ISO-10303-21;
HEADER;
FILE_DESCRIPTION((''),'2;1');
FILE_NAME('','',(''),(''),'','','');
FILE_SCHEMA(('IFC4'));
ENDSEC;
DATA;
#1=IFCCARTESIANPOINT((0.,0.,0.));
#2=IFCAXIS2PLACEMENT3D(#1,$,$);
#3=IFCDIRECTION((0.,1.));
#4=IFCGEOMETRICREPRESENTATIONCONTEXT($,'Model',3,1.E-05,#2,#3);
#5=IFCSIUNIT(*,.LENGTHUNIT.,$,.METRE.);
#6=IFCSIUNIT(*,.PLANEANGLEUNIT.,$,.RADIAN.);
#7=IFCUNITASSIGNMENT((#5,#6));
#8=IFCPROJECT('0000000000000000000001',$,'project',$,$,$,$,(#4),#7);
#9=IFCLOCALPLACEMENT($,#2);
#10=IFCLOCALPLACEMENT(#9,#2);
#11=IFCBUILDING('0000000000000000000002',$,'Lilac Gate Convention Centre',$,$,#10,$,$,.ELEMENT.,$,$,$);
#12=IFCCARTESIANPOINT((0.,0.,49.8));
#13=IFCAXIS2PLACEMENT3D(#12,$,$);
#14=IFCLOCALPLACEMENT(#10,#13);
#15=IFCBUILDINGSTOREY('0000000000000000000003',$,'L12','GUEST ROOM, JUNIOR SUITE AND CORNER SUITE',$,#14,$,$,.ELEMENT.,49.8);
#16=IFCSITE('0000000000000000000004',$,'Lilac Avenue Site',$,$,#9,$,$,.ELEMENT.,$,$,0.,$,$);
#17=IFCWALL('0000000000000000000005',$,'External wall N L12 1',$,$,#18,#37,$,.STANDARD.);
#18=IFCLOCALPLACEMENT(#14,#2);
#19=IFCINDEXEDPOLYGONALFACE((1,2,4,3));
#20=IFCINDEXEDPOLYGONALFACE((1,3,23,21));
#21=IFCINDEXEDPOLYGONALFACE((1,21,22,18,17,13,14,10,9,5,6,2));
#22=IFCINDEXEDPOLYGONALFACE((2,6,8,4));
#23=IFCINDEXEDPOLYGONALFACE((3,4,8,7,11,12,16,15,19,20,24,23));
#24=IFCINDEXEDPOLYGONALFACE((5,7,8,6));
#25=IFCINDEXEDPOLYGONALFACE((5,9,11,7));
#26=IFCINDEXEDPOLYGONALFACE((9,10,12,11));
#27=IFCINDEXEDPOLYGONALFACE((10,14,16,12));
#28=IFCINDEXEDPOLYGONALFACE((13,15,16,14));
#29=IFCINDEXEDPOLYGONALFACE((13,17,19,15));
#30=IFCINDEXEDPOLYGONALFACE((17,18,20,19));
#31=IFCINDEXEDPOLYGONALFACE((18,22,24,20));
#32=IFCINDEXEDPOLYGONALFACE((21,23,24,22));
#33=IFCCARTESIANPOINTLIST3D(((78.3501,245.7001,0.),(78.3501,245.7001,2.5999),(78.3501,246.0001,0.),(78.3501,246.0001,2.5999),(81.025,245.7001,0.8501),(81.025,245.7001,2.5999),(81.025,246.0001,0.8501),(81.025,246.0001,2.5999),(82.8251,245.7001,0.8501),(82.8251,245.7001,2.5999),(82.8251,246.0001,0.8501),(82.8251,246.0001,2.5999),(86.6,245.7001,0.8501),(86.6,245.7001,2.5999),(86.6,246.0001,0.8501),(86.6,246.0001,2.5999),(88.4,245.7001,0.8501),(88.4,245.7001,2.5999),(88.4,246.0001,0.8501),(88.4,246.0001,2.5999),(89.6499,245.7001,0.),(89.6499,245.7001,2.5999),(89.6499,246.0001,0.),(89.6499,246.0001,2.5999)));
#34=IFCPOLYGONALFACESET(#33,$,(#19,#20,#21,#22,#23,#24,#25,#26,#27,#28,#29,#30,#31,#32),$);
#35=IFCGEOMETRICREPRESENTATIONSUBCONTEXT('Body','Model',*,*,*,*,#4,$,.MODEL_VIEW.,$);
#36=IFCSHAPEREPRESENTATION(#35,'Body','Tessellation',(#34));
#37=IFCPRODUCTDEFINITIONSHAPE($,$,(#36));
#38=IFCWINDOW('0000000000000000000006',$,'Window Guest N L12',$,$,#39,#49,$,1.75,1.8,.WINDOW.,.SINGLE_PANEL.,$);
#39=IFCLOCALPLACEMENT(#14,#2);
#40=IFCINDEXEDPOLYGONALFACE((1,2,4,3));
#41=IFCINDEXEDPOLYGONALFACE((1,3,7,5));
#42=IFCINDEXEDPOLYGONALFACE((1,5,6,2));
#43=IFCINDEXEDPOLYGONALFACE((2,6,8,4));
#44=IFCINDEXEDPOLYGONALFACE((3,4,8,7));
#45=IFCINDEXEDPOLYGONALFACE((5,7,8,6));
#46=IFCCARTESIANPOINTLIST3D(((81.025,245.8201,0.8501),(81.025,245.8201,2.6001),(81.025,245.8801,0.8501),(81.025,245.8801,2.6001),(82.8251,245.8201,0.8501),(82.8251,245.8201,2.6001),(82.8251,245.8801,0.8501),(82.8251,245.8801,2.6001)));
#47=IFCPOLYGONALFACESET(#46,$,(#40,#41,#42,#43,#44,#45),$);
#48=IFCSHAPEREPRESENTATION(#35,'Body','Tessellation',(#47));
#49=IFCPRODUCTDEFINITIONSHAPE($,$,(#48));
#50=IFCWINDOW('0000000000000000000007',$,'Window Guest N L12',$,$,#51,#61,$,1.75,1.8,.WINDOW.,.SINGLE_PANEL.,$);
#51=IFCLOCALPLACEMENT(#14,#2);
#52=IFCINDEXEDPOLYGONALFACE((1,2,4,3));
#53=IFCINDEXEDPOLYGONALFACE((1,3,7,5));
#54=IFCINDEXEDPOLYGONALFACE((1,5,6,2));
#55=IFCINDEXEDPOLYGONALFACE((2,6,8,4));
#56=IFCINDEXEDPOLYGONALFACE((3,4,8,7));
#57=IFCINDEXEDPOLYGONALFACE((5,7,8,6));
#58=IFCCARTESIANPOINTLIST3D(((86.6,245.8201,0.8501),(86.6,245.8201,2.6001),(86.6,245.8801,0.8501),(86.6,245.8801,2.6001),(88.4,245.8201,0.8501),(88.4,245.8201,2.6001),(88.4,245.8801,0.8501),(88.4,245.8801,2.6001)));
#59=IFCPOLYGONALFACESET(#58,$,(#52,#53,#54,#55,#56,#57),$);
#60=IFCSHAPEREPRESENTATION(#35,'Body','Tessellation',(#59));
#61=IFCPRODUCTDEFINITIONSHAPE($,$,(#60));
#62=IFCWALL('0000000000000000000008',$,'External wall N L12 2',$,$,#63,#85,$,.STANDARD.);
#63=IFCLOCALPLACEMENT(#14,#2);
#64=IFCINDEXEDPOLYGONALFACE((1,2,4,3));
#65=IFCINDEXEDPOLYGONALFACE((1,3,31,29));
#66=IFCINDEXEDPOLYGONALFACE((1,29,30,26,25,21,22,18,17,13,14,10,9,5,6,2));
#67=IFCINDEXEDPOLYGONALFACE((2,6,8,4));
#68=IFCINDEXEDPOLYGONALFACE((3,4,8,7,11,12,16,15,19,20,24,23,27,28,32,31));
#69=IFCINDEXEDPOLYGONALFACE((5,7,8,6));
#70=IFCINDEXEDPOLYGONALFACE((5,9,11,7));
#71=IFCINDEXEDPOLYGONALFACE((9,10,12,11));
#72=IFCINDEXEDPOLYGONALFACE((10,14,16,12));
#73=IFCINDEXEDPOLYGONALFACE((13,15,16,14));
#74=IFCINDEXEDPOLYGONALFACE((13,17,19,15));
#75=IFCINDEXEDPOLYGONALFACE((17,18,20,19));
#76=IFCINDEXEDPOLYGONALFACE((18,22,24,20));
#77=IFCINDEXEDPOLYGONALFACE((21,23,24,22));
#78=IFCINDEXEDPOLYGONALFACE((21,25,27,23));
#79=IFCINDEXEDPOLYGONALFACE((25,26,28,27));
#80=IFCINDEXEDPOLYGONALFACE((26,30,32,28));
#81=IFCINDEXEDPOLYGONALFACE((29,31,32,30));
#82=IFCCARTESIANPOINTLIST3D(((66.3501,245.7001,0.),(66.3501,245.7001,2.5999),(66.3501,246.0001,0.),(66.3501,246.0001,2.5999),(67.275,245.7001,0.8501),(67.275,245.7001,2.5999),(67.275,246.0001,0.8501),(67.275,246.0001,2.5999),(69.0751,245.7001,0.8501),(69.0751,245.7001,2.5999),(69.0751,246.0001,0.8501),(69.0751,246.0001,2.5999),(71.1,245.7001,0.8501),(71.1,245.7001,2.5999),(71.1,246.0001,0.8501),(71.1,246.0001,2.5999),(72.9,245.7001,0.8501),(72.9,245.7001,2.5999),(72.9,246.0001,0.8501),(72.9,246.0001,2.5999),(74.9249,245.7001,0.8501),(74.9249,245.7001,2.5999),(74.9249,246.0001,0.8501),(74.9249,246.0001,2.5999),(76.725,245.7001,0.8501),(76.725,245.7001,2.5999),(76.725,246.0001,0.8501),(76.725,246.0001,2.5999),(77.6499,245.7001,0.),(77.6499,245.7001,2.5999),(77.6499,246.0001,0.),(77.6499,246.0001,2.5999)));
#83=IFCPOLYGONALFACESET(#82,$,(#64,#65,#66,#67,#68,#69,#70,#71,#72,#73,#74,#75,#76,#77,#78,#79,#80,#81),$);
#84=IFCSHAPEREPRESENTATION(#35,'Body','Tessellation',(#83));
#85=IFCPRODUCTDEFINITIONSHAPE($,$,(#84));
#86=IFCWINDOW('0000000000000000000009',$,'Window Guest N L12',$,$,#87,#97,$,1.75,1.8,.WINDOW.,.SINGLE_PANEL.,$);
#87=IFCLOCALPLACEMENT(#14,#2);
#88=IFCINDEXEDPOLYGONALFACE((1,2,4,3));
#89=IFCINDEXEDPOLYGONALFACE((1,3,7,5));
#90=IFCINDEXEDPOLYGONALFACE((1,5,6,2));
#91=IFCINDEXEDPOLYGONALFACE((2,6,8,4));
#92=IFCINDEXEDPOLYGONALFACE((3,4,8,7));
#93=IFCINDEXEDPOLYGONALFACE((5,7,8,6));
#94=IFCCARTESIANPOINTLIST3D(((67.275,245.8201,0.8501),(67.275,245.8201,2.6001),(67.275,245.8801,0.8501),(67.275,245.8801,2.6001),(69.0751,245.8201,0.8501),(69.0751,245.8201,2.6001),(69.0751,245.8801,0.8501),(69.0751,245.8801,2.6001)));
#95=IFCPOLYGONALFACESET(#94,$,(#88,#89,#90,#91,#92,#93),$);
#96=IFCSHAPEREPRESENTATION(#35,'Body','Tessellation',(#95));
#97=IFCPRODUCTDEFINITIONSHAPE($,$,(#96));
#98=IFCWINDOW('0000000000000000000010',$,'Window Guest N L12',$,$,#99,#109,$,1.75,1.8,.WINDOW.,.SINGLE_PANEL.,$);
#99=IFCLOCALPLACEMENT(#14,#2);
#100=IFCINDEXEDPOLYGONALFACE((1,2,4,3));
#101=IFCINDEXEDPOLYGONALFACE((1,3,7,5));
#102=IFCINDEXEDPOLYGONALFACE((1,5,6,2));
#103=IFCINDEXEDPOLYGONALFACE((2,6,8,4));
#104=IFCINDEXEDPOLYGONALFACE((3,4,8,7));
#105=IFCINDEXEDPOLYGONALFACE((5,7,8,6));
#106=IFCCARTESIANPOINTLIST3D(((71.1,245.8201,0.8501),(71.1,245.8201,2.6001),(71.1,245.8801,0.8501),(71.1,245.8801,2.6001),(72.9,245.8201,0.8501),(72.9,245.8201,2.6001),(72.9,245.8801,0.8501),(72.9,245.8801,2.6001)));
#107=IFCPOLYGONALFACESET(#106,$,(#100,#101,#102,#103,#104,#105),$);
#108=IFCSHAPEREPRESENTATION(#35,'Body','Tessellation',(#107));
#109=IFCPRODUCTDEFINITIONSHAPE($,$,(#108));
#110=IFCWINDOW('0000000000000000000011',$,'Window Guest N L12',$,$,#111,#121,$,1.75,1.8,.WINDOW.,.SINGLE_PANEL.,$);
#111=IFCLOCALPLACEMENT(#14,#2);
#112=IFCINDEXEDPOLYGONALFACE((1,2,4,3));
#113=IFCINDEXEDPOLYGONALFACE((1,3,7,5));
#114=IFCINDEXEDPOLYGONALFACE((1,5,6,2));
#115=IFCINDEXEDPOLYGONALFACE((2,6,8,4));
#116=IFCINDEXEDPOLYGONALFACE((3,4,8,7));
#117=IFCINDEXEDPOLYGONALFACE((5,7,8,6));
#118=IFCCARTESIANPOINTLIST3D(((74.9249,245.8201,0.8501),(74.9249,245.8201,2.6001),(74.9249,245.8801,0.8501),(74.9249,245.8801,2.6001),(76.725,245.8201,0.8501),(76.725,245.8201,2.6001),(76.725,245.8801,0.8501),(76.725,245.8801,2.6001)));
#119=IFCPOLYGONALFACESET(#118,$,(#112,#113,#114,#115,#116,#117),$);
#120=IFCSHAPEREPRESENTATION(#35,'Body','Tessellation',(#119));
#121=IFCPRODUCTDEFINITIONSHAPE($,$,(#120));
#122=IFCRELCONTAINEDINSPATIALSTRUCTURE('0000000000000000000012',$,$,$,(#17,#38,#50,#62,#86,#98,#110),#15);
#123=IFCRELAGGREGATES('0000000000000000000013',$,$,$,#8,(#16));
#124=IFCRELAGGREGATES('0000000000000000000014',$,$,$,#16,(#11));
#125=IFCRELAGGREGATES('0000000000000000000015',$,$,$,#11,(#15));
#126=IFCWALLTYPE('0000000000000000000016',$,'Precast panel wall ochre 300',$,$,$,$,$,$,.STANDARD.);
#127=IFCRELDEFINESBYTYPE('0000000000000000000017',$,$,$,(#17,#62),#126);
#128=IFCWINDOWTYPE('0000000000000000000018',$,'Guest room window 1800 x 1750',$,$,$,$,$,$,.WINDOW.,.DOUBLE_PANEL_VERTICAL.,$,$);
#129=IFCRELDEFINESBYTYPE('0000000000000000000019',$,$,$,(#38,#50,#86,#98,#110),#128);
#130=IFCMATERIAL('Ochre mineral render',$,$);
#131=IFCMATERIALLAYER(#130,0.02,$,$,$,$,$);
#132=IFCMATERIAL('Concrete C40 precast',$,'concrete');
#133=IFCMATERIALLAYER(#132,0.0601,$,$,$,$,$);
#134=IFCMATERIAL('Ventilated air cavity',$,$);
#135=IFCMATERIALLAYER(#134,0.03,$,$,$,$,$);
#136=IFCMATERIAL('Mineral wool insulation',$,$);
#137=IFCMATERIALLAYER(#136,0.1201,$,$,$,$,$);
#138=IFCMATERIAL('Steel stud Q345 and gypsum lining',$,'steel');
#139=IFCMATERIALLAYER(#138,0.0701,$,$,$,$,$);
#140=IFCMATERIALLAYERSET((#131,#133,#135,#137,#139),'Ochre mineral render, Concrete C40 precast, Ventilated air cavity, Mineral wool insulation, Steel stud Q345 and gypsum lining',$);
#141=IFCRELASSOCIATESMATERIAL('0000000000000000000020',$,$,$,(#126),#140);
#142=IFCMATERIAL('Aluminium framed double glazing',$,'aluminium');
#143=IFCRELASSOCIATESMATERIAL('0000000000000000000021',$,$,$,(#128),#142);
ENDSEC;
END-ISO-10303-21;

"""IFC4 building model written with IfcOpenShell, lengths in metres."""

from ifc_helpers import new_model, si_unit, direction, frame, frame_2d, origin, place, context, subcontext, project, spatial, rectangle, extrude, material, layer, layer_set, type_object, element, fill, save


model = new_model("IFC4")

# Units and contexts
model_context = context("Model", 3, precision=1e-05, world=origin(), true_north=direction((0.0, 1.0)))
body_context = subcontext(model_context, "Body", "Model", "MODEL_VIEW")
ifc_project = project(units=[si_unit("LENGTHUNIT", "METRE"), si_unit("PLANEANGLEUNIT", "RADIAN")], contexts=[model_context])

# Site, building, storey
site_placement = place(None, origin())
site = spatial("IfcSite", under=ifc_project, at=site_placement, Name="Lilac Avenue Site", CompositionType="ELEMENT", RefElevation=0.0)
building_placement = place(site_placement, origin())
building = spatial("IfcBuilding", under=site, at=building_placement, Name="Lilac Gate Convention Centre", CompositionType="ELEMENT")
storey_placement = place(building_placement, frame((0.0, 0.0, 49.8)))
storey = spatial("IfcBuildingStorey", under=building, at=storey_placement, Name="L12", Description="GUEST ROOM, JUNIOR SUITE AND CORNER SUITE", CompositionType="ELEMENT", Elevation=49.8)

# Shared definitions
ifc_material_1 = material(Name="Aluminium framed double glazing", Category="aluminium")

# Shared definitions
ifc_material_2 = material(Name="Concrete C40 precast", Category="concrete")

# Walls, openings, windows
ifc_material_3 = material(Name="Ochre mineral render")
ifc_layer_1 = layer(ifc_material_3, 0.02)
ifc_layer_2 = layer(ifc_material_2, 0.0601)
ifc_material_4 = material(Name="Ventilated air cavity")
ifc_layer_3 = layer(ifc_material_4, 0.03)
ifc_material_5 = material(Name="Mineral wool insulation")
ifc_layer_4 = layer(ifc_material_5, 0.1201)
ifc_material_6 = material(Name="Steel stud Q345 and gypsum lining", Category="steel")
ifc_layer_5 = layer(ifc_material_6, 0.0701)
ifc_layer_set_1 = layer_set([ifc_layer_1, ifc_layer_2, ifc_layer_3, ifc_layer_4, ifc_layer_5], Name="Ochre mineral render, Concrete C40 precast, Ventilated air cavity, Mineral wool insulation, Steel stud Q345 and gypsum lining")
wall_type_1 = type_object("IfcWallType", Name="Precast panel wall ochre 300", PredefinedType="STANDARD", material=ifc_layer_set_1)
wall_1_placement = place(storey_placement, frame((89.6499, 245.8501, 0.0), z_axis=(0.0, 0.0, 1.0), x_axis=(-1.0, 0.0, 0.0)))
wall_1 = element("IfcWall", 1, at=wall_1_placement, inside=storey, type_object=wall_type_1, Name="External wall N L12 1", PredefinedType="STANDARD", context=body_context, shape_type="SweptSolid", body=[
    extrude(rectangle(XDim=11.2998, YDim=0.3, at=frame_2d((5.6499, 0.0))), origin(), (0.0, 0.0, 1.0), 2.5999),
])
opening_1_placement = place(wall_1_placement, frame((6.825, 0.0, 0.8501)))
opening_1 = element("IfcOpeningElement", 2, at=opening_1_placement, cuts=wall_1, PredefinedType="OPENING", context=body_context, shape_type="SweptSolid", body=[
    extrude(rectangle(XDim=1.8, YDim=1.75, at=frame_2d((0.8999, 0.875))), frame((0.0, 0.1599, 0.0), z_axis=(0.0, -1.0, 0.0), x_axis=(1.0, 0.0, 0.0)), (0.0, 0.0, 1.0), 0.3201),
])
opening_2_placement = place(wall_1_placement, frame((1.25, 0.0, 0.8501)))
opening_2 = element("IfcOpeningElement", 3, at=opening_2_placement, cuts=wall_1, PredefinedType="OPENING", context=body_context, shape_type="SweptSolid", body=[
    extrude(rectangle(XDim=1.8, YDim=1.75, at=frame_2d((0.8999, 0.875))), frame((0.0, 0.1599, 0.0), z_axis=(0.0, -1.0, 0.0), x_axis=(1.0, 0.0, 0.0)), (0.0, 0.0, 1.0), 0.3201),
])
window_type = type_object("IfcWindowType", Name="Guest room window 1800 x 1750", PartitioningType="DOUBLE_PANEL_VERTICAL", PredefinedType="WINDOW", material=ifc_material_1)
window_1_placement = place(opening_1_placement, origin())
window_1 = element("IfcWindow", 4, at=window_1_placement, inside=storey, type_object=window_type, Name="Window Guest N L12", OverallHeight=1.75, OverallWidth=1.8, PartitioningType="SINGLE_PANEL", PredefinedType="WINDOW", context=body_context, shape_type="SweptSolid", body=[
    extrude(rectangle(XDim=1.8, YDim=1.75, at=frame_2d((0.8999, 0.875))), frame((0.0, 0.03, 0.0), z_axis=(0.0, -1.0, 0.0), x_axis=(1.0, 0.0, 0.0)), (0.0, 0.0, 1.0), 0.0601),
])
fill(opening_1, window_1)
window_2_placement = place(opening_2_placement, origin())
window_2 = element("IfcWindow", 5, at=window_2_placement, inside=storey, type_object=window_type, Name="Window Guest N L12", OverallHeight=1.75, OverallWidth=1.8, PartitioningType="SINGLE_PANEL", PredefinedType="WINDOW", context=body_context, shape_type="SweptSolid", body=[
    extrude(rectangle(XDim=1.8, YDim=1.75, at=frame_2d((0.8999, 0.875))), frame((0.0, 0.03, 0.0), z_axis=(0.0, -1.0, 0.0), x_axis=(1.0, 0.0, 0.0)), (0.0, 0.0, 1.0), 0.0601),
])
fill(opening_2, window_2)
wall_2_placement = place(storey_placement, frame((77.6499, 245.8501, 0.0), z_axis=(0.0, 0.0, 1.0), x_axis=(-1.0, 0.0, 0.0)))
wall_2 = element("IfcWall", 6, at=wall_2_placement, inside=storey, type_object=wall_type_1, Name="External wall N L12 2", PredefinedType="STANDARD", context=body_context, shape_type="SweptSolid", body=[
    extrude(rectangle(XDim=11.2998, YDim=0.3, at=frame_2d((5.6499, 0.0))), origin(), (0.0, 0.0, 1.0), 2.5999),
])
opening_3_placement = place(wall_2_placement, frame((8.575, 0.0, 0.8501)))
opening_3 = element("IfcOpeningElement", 7, at=opening_3_placement, cuts=wall_2, PredefinedType="OPENING", context=body_context, shape_type="SweptSolid", body=[
    extrude(rectangle(XDim=1.8, YDim=1.75, at=frame_2d((0.8999, 0.875))), frame((0.0, 0.1599, 0.0), z_axis=(0.0, -1.0, 0.0), x_axis=(1.0, 0.0, 0.0)), (0.0, 0.0, 1.0), 0.3201),
])
opening_4_placement = place(wall_2_placement, frame((4.75, 0.0, 0.8501)))
opening_4 = element("IfcOpeningElement", 8, at=opening_4_placement, cuts=wall_2, PredefinedType="OPENING", context=body_context, shape_type="SweptSolid", body=[
    extrude(rectangle(XDim=1.8, YDim=1.75, at=frame_2d((0.8999, 0.875))), frame((0.0, 0.1599, 0.0), z_axis=(0.0, -1.0, 0.0), x_axis=(1.0, 0.0, 0.0)), (0.0, 0.0, 1.0), 0.3201),
])
opening_5_placement = place(wall_2_placement, frame((0.925, 0.0, 0.8501)))
opening_5 = element("IfcOpeningElement", 9, at=opening_5_placement, cuts=wall_2, PredefinedType="OPENING", context=body_context, shape_type="SweptSolid", body=[
    extrude(rectangle(XDim=1.8, YDim=1.75, at=frame_2d((0.8999, 0.875))), frame((0.0, 0.1599, 0.0), z_axis=(0.0, -1.0, 0.0), x_axis=(1.0, 0.0, 0.0)), (0.0, 0.0, 1.0), 0.3201),
])
window_3_placement = place(opening_3_placement, origin())
window_3 = element("IfcWindow", 10, at=window_3_placement, inside=storey, type_object=window_type, Name="Window Guest N L12", OverallHeight=1.75, OverallWidth=1.8, PartitioningType="SINGLE_PANEL", PredefinedType="WINDOW", context=body_context, shape_type="SweptSolid", body=[
    extrude(rectangle(XDim=1.8, YDim=1.75, at=frame_2d((0.8999, 0.875))), frame((0.0, 0.03, 0.0), z_axis=(0.0, -1.0, 0.0), x_axis=(1.0, 0.0, 0.0)), (0.0, 0.0, 1.0), 0.0601),
])
fill(opening_3, window_3)
window_4_placement = place(opening_4_placement, origin())
window_4 = element("IfcWindow", 11, at=window_4_placement, inside=storey, type_object=window_type, Name="Window Guest N L12", OverallHeight=1.75, OverallWidth=1.8, PartitioningType="SINGLE_PANEL", PredefinedType="WINDOW", context=body_context, shape_type="SweptSolid", body=[
    extrude(rectangle(XDim=1.8, YDim=1.75, at=frame_2d((0.8999, 0.875))), frame((0.0, 0.03, 0.0), z_axis=(0.0, -1.0, 0.0), x_axis=(1.0, 0.0, 0.0)), (0.0, 0.0, 1.0), 0.0601),
])
fill(opening_4, window_4)
window_5_placement = place(opening_5_placement, origin())
window_5 = element("IfcWindow", 12, at=window_5_placement, inside=storey, type_object=window_type, Name="Window Guest N L12", OverallHeight=1.75, OverallWidth=1.8, PartitioningType="SINGLE_PANEL", PredefinedType="WINDOW", context=body_context, shape_type="SweptSolid", body=[
    extrude(rectangle(XDim=1.8, YDim=1.75, at=frame_2d((0.8999, 0.875))), frame((0.0, 0.03, 0.0), z_axis=(0.0, -1.0, 0.0), x_axis=(1.0, 0.0, 0.0)), (0.0, 0.0, 1.0), 0.0601),
])
fill(opening_5, window_5)

save(model, "model.ifc")
